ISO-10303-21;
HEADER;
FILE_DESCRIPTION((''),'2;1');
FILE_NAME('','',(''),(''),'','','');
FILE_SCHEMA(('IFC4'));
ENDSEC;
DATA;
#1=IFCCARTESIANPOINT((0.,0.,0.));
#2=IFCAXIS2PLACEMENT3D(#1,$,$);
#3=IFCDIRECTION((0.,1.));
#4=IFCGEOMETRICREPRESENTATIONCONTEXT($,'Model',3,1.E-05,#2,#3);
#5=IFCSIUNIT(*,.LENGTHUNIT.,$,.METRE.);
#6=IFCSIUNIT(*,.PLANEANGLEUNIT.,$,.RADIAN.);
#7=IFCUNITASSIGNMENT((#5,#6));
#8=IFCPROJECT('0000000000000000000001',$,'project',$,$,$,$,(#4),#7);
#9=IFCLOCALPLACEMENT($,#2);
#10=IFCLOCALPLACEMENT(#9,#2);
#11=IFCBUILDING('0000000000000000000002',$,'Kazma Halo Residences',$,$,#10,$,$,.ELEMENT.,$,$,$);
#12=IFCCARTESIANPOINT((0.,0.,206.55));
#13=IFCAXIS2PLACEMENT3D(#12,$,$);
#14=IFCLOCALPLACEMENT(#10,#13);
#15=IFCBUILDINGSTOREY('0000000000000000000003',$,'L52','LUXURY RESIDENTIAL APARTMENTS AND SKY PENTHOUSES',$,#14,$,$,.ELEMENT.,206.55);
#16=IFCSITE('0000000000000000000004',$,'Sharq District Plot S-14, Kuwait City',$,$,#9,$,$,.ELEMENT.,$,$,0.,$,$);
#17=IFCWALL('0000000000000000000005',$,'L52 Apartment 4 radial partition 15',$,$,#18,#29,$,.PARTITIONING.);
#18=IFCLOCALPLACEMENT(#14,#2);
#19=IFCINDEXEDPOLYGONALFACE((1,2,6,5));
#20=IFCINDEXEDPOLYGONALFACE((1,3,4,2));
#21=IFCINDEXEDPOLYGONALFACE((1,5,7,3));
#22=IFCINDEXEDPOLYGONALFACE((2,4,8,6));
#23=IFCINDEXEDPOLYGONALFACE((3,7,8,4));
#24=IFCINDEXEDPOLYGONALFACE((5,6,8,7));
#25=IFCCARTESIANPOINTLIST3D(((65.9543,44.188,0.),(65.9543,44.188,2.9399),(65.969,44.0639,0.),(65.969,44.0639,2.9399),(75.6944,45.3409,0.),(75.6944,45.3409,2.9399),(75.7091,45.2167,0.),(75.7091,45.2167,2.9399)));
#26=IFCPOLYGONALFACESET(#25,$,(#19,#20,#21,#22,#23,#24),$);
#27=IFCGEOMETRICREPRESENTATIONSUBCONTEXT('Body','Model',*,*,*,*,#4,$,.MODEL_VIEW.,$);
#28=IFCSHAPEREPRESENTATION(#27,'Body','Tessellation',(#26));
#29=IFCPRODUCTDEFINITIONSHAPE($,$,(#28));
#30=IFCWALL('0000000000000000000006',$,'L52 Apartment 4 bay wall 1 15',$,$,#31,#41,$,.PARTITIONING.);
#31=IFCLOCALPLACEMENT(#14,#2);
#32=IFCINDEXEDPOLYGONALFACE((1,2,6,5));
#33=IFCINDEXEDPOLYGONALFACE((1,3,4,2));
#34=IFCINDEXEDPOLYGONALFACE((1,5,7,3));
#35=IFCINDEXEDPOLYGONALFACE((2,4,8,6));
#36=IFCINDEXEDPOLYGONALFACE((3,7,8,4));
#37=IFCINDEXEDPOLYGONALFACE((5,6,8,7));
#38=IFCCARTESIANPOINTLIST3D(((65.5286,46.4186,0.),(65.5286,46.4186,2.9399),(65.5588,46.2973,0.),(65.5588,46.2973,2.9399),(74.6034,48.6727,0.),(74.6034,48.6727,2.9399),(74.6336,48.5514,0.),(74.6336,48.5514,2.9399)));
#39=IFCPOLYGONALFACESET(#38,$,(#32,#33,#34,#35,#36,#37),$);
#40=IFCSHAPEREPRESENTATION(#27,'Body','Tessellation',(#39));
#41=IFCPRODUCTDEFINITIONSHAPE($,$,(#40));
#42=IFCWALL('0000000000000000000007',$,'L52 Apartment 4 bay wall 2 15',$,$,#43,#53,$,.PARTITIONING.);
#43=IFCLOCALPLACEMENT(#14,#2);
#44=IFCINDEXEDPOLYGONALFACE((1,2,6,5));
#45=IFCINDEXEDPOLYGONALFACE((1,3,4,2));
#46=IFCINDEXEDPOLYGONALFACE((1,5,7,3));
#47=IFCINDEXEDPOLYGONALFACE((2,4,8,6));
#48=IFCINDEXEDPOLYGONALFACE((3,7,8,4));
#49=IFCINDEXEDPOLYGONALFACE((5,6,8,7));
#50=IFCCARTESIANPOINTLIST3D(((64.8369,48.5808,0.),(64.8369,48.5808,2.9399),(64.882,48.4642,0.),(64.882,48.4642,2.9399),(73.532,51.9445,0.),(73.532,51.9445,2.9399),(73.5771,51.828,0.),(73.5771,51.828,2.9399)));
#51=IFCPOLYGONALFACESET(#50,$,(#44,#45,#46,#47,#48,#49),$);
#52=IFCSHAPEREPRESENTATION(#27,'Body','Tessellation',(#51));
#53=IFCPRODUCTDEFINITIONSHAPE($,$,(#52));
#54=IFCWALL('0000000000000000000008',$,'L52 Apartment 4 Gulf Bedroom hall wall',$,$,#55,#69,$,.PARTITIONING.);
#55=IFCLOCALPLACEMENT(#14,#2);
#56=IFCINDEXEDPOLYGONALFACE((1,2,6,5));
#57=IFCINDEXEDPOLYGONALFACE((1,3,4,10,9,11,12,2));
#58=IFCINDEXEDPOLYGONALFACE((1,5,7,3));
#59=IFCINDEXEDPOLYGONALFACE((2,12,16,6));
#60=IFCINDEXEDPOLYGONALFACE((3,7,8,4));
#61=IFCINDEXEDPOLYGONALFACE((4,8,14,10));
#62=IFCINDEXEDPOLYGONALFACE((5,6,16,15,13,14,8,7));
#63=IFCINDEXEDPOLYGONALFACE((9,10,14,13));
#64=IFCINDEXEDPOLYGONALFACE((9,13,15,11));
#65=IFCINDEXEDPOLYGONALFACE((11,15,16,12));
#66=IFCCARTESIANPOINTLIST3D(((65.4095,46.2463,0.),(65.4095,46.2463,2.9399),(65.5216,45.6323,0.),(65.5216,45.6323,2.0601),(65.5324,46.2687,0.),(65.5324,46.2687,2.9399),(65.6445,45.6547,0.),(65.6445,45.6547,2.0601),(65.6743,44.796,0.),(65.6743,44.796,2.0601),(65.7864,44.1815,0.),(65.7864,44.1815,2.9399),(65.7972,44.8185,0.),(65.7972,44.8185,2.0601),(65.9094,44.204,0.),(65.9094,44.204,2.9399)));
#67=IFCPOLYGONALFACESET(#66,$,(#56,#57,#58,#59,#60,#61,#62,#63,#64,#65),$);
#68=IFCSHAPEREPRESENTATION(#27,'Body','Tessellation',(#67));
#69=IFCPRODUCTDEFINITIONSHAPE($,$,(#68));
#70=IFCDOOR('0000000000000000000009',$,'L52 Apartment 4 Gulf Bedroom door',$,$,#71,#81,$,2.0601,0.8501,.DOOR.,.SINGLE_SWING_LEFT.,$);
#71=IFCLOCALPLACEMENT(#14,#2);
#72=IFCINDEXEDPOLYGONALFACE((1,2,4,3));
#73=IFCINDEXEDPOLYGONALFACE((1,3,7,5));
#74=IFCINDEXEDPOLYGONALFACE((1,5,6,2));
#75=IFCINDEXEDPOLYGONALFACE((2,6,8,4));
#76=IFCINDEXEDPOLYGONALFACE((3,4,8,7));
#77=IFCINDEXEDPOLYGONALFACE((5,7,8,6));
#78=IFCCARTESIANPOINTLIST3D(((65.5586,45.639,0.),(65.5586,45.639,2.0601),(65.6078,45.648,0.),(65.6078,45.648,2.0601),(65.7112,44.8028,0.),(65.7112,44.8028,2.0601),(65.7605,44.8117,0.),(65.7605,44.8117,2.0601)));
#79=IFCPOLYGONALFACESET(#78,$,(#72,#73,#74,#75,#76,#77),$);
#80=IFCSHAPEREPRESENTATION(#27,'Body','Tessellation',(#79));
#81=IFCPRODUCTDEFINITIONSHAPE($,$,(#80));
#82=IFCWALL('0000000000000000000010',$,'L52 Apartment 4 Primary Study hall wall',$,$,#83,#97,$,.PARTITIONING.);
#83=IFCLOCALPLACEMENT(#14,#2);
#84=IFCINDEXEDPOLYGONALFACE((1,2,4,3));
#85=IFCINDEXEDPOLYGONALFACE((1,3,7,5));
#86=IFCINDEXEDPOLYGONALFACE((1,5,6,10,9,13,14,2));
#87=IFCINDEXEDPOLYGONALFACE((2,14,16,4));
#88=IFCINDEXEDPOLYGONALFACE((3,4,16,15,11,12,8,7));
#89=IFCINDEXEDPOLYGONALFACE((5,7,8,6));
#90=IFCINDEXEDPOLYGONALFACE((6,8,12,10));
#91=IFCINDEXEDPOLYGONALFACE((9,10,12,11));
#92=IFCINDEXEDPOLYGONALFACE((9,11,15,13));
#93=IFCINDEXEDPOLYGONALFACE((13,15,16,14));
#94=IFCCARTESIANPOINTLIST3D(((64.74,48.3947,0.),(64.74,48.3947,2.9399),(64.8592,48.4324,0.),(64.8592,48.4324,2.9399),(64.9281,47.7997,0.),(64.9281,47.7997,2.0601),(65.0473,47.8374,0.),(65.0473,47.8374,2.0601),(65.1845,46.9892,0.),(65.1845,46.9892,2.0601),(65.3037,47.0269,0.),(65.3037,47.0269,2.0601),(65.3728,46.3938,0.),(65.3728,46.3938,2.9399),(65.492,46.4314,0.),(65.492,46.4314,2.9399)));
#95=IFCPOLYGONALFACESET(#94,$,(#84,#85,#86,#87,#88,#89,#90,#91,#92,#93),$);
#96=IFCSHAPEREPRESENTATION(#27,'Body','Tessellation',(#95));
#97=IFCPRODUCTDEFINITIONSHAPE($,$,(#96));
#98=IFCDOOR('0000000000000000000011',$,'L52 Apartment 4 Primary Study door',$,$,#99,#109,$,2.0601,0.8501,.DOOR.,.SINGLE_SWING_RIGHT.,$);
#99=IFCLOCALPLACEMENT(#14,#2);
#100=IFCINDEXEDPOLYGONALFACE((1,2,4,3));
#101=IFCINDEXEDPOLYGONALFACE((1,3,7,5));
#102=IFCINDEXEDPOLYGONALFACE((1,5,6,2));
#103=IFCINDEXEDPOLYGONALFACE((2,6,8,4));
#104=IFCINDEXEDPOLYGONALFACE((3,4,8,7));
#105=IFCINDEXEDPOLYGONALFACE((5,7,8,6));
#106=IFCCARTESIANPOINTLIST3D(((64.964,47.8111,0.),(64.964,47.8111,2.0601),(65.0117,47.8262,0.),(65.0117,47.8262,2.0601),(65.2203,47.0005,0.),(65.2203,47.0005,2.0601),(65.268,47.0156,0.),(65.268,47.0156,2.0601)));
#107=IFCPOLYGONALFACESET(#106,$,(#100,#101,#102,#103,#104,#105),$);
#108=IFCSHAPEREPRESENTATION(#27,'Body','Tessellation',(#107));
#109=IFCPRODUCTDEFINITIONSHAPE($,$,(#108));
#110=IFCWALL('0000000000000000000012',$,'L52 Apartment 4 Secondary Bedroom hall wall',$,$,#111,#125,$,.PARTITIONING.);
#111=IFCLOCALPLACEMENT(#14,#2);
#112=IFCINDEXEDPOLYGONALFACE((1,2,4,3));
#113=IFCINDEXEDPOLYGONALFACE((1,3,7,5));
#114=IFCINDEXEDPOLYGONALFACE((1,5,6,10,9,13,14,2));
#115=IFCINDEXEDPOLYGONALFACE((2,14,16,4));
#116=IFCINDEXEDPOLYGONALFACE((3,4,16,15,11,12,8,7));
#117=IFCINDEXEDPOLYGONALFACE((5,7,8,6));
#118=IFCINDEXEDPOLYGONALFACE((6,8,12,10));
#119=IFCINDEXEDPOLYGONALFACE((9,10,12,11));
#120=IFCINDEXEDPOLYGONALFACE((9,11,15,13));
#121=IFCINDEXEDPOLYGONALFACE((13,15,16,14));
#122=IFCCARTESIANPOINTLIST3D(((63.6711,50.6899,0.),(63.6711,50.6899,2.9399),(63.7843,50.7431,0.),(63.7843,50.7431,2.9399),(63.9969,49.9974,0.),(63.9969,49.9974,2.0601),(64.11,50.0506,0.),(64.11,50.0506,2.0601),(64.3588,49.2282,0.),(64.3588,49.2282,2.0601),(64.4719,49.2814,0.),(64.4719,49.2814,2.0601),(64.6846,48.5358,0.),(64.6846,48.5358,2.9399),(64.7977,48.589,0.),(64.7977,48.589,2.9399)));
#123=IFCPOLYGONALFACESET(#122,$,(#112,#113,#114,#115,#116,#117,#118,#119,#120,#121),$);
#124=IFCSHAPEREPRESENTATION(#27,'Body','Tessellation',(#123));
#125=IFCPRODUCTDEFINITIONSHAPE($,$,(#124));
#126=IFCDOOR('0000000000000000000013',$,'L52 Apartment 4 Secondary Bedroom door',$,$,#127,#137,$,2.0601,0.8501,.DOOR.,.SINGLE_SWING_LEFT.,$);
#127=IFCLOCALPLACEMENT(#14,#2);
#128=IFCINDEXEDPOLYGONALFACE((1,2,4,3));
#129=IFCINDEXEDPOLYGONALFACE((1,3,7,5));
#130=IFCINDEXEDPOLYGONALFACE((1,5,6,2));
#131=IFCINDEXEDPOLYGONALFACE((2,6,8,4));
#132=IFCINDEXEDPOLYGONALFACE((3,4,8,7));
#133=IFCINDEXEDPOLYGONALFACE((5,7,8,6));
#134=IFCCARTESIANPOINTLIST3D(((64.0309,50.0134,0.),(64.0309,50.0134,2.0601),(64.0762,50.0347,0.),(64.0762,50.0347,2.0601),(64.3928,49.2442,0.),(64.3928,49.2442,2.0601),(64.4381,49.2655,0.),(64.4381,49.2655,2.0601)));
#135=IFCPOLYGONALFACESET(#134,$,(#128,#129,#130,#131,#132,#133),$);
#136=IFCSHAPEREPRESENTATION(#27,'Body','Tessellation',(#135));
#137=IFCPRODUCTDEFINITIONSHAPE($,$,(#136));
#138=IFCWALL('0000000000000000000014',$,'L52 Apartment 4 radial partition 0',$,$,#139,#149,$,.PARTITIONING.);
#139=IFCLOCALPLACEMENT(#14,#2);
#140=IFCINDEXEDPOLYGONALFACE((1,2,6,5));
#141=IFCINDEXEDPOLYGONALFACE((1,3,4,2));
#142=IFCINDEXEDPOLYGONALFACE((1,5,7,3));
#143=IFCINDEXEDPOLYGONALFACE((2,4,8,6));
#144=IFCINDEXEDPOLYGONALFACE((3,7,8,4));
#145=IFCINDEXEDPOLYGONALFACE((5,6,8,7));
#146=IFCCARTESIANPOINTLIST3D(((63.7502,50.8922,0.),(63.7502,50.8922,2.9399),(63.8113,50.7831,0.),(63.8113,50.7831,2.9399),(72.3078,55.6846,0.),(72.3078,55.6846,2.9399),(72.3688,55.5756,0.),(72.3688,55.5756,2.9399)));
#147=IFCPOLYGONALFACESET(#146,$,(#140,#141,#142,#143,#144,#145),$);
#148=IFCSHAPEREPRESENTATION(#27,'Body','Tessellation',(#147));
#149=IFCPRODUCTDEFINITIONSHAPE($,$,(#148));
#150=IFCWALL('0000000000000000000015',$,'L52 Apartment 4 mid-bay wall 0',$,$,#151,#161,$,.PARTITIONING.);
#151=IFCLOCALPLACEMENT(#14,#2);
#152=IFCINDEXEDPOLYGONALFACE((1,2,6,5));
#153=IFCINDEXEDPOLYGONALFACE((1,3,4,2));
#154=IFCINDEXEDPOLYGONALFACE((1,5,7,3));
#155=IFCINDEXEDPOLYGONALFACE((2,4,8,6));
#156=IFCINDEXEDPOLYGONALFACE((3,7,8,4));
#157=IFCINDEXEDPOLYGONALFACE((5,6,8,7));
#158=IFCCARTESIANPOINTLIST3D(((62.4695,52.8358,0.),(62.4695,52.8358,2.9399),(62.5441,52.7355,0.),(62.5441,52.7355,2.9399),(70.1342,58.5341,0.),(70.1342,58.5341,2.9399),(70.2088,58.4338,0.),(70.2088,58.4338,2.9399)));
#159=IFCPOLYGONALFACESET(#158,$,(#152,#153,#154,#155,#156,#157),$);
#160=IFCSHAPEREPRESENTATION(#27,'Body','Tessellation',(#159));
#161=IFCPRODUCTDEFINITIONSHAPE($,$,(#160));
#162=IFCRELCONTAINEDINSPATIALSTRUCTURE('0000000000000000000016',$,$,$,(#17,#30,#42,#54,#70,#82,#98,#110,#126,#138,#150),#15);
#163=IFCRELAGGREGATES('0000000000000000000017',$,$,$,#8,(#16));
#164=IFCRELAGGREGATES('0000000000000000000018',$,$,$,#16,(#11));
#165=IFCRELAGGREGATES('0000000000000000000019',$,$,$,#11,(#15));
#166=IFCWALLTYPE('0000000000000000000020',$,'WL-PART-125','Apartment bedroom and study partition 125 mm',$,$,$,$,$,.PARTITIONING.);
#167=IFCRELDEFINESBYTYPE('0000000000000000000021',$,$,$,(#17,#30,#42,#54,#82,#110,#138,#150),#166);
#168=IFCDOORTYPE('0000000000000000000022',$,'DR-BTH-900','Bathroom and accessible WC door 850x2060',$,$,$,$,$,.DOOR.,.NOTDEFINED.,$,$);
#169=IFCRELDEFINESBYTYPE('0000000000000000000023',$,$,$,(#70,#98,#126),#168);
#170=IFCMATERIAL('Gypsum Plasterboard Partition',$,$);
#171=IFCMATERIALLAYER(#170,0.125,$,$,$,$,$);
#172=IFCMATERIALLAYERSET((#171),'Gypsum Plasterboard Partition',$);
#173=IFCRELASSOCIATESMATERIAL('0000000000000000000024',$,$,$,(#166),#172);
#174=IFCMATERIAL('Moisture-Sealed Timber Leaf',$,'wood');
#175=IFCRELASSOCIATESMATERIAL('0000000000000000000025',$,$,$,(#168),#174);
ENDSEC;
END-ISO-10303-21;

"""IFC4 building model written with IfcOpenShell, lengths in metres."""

from ifc_helpers import new_model, si_unit, direction, frame, frame_2d, origin, place, context, subcontext, project, spatial, rectangle, extrude, material, layer, layer_set, type_object, element, fill, save


model = new_model("IFC4")

# Units and contexts
model_context = context("Model", 3, precision=1e-05, world=origin(), true_north=direction((0.0, 1.0)))
body_context = subcontext(model_context, "Body", "Model", "MODEL_VIEW")
ifc_project = project(units=[si_unit("LENGTHUNIT", "METRE"), si_unit("PLANEANGLEUNIT", "RADIAN")], contexts=[model_context])

# Site, building, storey
site_placement = place(None, origin())
site = spatial("IfcSite", under=ifc_project, at=site_placement, Name="Sharq District Plot S-14, Kuwait City", CompositionType="ELEMENT", RefElevation=0.0)
building_placement = place(site_placement, origin())
building = spatial("IfcBuilding", under=site, at=building_placement, Name="Kazma Halo Residences", CompositionType="ELEMENT")
storey_placement = place(building_placement, frame((0.0, 0.0, 206.55)))
storey = spatial("IfcBuildingStorey", under=building, at=storey_placement, Name="L52", Description="LUXURY RESIDENTIAL APARTMENTS AND SKY PENTHOUSES", CompositionType="ELEMENT", Elevation=206.55)

# Walls
ifc_material_1 = material(Name="Gypsum Plasterboard Partition")
ifc_layer_1 = layer(ifc_material_1, 0.125)
ifc_layer_set_1 = layer_set([ifc_layer_1], Name="Gypsum Plasterboard Partition")
wall_type_1 = type_object("IfcWallType", Name="WL-PART-125", Description="Apartment bedroom and study partition 125 mm", PredefinedType="PARTITIONING", material=ifc_layer_set_1)
wall_1_placement = place(storey_placement, frame((65.9617, 44.126, 0.0), z_axis=(0.0, 0.0, 1.0), x_axis=(0.993068, 0.117537, 0.0)))
element("IfcWall", 1, at=wall_1_placement, inside=storey, type_object=wall_type_1, Name="L52 Apartment 4 radial partition 15", PredefinedType="PARTITIONING", context=body_context, shape_type="SweptSolid", body=[
    extrude(rectangle(XDim=9.8081, YDim=0.125, at=frame_2d((4.9041, 0.0))), origin(), (0.0, 0.0, 1.0), 2.9399),
])
wall_2_placement = place(storey_placement, frame((65.5437, 46.3579, 0.0), z_axis=(0.0, 0.0, 1.0), x_axis=(0.970507, 0.241073, 0.0)))
element("IfcWall", 2, at=wall_2_placement, inside=storey, type_object=wall_type_1, Name="L52 Apartment 4 bay wall 1 15", PredefinedType="PARTITIONING", context=body_context, shape_type="SweptSolid", body=[
    extrude(rectangle(XDim=9.3506, YDim=0.125, at=frame_2d((4.6753, 0.0))), origin(), (0.0, 0.0, 1.0), 2.9399),
])
wall_3_placement = place(storey_placement, frame((64.8594, 48.5225, 0.0), z_axis=(0.0, 0.0, 1.0), x_axis=(0.932643, 0.360802, 0.0)))
element("IfcWall", 3, at=wall_3_placement, inside=storey, type_object=wall_type_1, Name="L52 Apartment 4 bay wall 2 15", PredefinedType="PARTITIONING", context=body_context, shape_type="SweptSolid", body=[
    extrude(rectangle(XDim=9.323, YDim=0.125, at=frame_2d((4.6616, 0.0))), origin(), (0.0, 0.0, 1.0), 2.9399),
])

# Walls, openings, doors
wall_4_placement = place(storey_placement, frame((65.8479, 44.1929, 0.0), z_axis=(0.0, 0.0, 1.0), x_axis=(-0.179602, 0.983739, 0.0)))
wall_4 = element("IfcWall", 4, at=wall_4_placement, inside=storey, type_object=wall_type_1, Name="L52 Apartment 4 Gulf Bedroom hall wall", PredefinedType="PARTITIONING", context=body_context, shape_type="SweptSolid", body=[
    extrude(rectangle(XDim=2.0989, YDim=0.125, at=frame_2d((1.0493, 0.0))), origin(), (0.0, 0.0, 1.0), 2.9399),
])
opening_1_placement = place(wall_4_placement, frame((0.6245, 0.0, 0.0)))
opening_1 = element("IfcOpeningElement", 5, at=opening_1_placement, cuts=wall_4, PredefinedType="OPENING", context=body_context, shape_type="SweptSolid", body=[
    extrude(rectangle(XDim=0.8501, YDim=2.0601, at=frame_2d((0.425, 1.03))), frame((0.0, 0.0725, 0.0), z_axis=(0.0, -1.0, 0.0), x_axis=(1.0, 0.0, 0.0)), (0.0, 0.0, 1.0), 0.145),
])
ifc_material_2 = material(Name="Moisture-Sealed Timber Leaf", Category="wood")
door_type_1 = type_object("IfcDoorType", Name="DR-BTH-900", Description="Bathroom and accessible WC door 850x2060", OperationType="NOTDEFINED", PredefinedType="DOOR", material=ifc_material_2)
door_1_placement = place(opening_1_placement, origin())
door_1 = element("IfcDoor", 6, at=door_1_placement, inside=storey, type_object=door_type_1, Name="L52 Apartment 4 Gulf Bedroom door", OperationType="SINGLE_SWING_LEFT", OverallHeight=2.0601, OverallWidth=0.8501, PredefinedType="DOOR", context=body_context, shape_type="SweptSolid", body=[
    extrude(rectangle(XDim=0.8501, YDim=2.0601, at=frame_2d((0.425, 1.03))), frame((0.0, 0.0249, 0.0), z_axis=(0.0, -1.0, 0.0), x_axis=(1.0, 0.0, 0.0)), (0.0, 0.0, 1.0), 0.05),
])
fill(opening_1, door_1)
wall_5_placement = place(storey_placement, frame((65.4324, 46.4126, 0.0), z_axis=(0.0, 0.0, 1.0), x_axis=(-0.301532, 0.953456, 0.0)))
wall_5 = element("IfcWall", 7, at=wall_5_placement, inside=storey, type_object=wall_type_1, Name="L52 Apartment 4 Primary Study hall wall", PredefinedType="PARTITIONING", context=body_context, shape_type="SweptSolid", body=[
    extrude(rectangle(XDim=2.0986, YDim=0.125, at=frame_2d((1.0493, 0.0))), origin(), (0.0, 0.0, 1.0), 2.9399),
])
opening_2_placement = place(wall_5_placement, frame((0.6245, 0.0, 0.0)))
opening_2 = element("IfcOpeningElement", 8, at=opening_2_placement, cuts=wall_5, PredefinedType="OPENING", context=body_context, shape_type="SweptSolid", body=[
    extrude(rectangle(XDim=0.8501, YDim=2.0601, at=frame_2d((0.425, 1.03))), frame((0.0, 0.0725, 0.0), z_axis=(0.0, -1.0, 0.0), x_axis=(1.0, 0.0, 0.0)), (0.0, 0.0, 1.0), 0.145),
])
door_2_placement = place(opening_2_placement, origin())
door_2 = element("IfcDoor", 9, at=door_2_placement, inside=storey, type_object=door_type_1, Name="L52 Apartment 4 Primary Study door", OperationType="SINGLE_SWING_RIGHT", OverallHeight=2.0601, OverallWidth=0.8501, PredefinedType="DOOR", context=body_context, shape_type="SweptSolid", body=[
    extrude(rectangle(XDim=0.8501, YDim=2.0601, at=frame_2d((0.425, 1.03))), frame((0.0, 0.0249, 0.0), z_axis=(0.0, -1.0, 0.0), x_axis=(1.0, 0.0, 0.0)), (0.0, 0.0, 1.0), 0.05),
])
fill(opening_2, door_2)
wall_6_placement = place(storey_placement, frame((64.7412, 48.5623, 0.0), z_axis=(0.0, 0.0, 1.0), x_axis=(-0.425713, 0.904858, 0.0)))
wall_6 = element("IfcWall", 10, at=wall_6_placement, inside=storey, type_object=wall_type_1, Name="L52 Apartment 4 Secondary Bedroom hall wall", PredefinedType="PARTITIONING", context=body_context, shape_type="SweptSolid", body=[
    extrude(rectangle(XDim=2.3806, YDim=0.125, at=frame_2d((1.1904, 0.0))), origin(), (0.0, 0.0, 1.0), 2.9399),
])
opening_3_placement = place(wall_6_placement, frame((0.7654, 0.0, 0.0)))
opening_3 = element("IfcOpeningElement", 11, at=opening_3_placement, cuts=wall_6, PredefinedType="OPENING", context=body_context, shape_type="SweptSolid", body=[
    extrude(rectangle(XDim=0.8501, YDim=2.0601, at=frame_2d((0.425, 1.03))), frame((0.0, 0.0725, 0.0), z_axis=(0.0, -1.0, 0.0), x_axis=(1.0, 0.0, 0.0)), (0.0, 0.0, 1.0), 0.145),
])
door_3_placement = place(opening_3_placement, origin())
door_3 = element("IfcDoor", 12, at=door_3_placement, inside=storey, type_object=door_type_1, Name="L52 Apartment 4 Secondary Bedroom door", OperationType="SINGLE_SWING_LEFT", OverallHeight=2.0601, OverallWidth=0.8501, PredefinedType="DOOR", context=body_context, shape_type="SweptSolid", body=[
    extrude(rectangle(XDim=0.8501, YDim=2.0601, at=frame_2d((0.425, 1.03))), frame((0.0, 0.0249, 0.0), z_axis=(0.0, -1.0, 0.0), x_axis=(1.0, 0.0, 0.0)), (0.0, 0.0, 1.0), 0.05),
])
fill(opening_3, door_3)

# Walls
wall_7_placement = place(storey_placement, frame((63.7808, 50.8376, 0.0), z_axis=(0.0, 0.0, 1.0), x_axis=(0.872497, 0.48862, 0.0)))
element("IfcWall", 13, at=wall_7_placement, inside=storey, type_object=wall_type_1, Name="L52 Apartment 4 radial partition 0", PredefinedType="PARTITIONING", context=body_context, shape_type="SweptSolid", body=[
    extrude(rectangle(XDim=9.8081, YDim=0.125, at=frame_2d((4.9041, 0.0))), origin(), (0.0, 0.0, 1.0), 2.9399),
])
wall_8_placement = place(storey_placement, frame((62.5068, 52.7856, 0.0), z_axis=(0.0, 0.0, 1.0), x_axis=(0.802514, 0.596633, 0.0)))
element("IfcWall", 14, at=wall_8_placement, inside=storey, type_object=wall_type_1, Name="L52 Apartment 4 mid-bay wall 0", PredefinedType="PARTITIONING", context=body_context, shape_type="SweptSolid", body=[
    extrude(rectangle(XDim=9.5508, YDim=0.125, at=frame_2d((4.7754, 0.0))), origin(), (0.0, 0.0, 1.0), 2.9399),
])

save(model, "model.ifc")
